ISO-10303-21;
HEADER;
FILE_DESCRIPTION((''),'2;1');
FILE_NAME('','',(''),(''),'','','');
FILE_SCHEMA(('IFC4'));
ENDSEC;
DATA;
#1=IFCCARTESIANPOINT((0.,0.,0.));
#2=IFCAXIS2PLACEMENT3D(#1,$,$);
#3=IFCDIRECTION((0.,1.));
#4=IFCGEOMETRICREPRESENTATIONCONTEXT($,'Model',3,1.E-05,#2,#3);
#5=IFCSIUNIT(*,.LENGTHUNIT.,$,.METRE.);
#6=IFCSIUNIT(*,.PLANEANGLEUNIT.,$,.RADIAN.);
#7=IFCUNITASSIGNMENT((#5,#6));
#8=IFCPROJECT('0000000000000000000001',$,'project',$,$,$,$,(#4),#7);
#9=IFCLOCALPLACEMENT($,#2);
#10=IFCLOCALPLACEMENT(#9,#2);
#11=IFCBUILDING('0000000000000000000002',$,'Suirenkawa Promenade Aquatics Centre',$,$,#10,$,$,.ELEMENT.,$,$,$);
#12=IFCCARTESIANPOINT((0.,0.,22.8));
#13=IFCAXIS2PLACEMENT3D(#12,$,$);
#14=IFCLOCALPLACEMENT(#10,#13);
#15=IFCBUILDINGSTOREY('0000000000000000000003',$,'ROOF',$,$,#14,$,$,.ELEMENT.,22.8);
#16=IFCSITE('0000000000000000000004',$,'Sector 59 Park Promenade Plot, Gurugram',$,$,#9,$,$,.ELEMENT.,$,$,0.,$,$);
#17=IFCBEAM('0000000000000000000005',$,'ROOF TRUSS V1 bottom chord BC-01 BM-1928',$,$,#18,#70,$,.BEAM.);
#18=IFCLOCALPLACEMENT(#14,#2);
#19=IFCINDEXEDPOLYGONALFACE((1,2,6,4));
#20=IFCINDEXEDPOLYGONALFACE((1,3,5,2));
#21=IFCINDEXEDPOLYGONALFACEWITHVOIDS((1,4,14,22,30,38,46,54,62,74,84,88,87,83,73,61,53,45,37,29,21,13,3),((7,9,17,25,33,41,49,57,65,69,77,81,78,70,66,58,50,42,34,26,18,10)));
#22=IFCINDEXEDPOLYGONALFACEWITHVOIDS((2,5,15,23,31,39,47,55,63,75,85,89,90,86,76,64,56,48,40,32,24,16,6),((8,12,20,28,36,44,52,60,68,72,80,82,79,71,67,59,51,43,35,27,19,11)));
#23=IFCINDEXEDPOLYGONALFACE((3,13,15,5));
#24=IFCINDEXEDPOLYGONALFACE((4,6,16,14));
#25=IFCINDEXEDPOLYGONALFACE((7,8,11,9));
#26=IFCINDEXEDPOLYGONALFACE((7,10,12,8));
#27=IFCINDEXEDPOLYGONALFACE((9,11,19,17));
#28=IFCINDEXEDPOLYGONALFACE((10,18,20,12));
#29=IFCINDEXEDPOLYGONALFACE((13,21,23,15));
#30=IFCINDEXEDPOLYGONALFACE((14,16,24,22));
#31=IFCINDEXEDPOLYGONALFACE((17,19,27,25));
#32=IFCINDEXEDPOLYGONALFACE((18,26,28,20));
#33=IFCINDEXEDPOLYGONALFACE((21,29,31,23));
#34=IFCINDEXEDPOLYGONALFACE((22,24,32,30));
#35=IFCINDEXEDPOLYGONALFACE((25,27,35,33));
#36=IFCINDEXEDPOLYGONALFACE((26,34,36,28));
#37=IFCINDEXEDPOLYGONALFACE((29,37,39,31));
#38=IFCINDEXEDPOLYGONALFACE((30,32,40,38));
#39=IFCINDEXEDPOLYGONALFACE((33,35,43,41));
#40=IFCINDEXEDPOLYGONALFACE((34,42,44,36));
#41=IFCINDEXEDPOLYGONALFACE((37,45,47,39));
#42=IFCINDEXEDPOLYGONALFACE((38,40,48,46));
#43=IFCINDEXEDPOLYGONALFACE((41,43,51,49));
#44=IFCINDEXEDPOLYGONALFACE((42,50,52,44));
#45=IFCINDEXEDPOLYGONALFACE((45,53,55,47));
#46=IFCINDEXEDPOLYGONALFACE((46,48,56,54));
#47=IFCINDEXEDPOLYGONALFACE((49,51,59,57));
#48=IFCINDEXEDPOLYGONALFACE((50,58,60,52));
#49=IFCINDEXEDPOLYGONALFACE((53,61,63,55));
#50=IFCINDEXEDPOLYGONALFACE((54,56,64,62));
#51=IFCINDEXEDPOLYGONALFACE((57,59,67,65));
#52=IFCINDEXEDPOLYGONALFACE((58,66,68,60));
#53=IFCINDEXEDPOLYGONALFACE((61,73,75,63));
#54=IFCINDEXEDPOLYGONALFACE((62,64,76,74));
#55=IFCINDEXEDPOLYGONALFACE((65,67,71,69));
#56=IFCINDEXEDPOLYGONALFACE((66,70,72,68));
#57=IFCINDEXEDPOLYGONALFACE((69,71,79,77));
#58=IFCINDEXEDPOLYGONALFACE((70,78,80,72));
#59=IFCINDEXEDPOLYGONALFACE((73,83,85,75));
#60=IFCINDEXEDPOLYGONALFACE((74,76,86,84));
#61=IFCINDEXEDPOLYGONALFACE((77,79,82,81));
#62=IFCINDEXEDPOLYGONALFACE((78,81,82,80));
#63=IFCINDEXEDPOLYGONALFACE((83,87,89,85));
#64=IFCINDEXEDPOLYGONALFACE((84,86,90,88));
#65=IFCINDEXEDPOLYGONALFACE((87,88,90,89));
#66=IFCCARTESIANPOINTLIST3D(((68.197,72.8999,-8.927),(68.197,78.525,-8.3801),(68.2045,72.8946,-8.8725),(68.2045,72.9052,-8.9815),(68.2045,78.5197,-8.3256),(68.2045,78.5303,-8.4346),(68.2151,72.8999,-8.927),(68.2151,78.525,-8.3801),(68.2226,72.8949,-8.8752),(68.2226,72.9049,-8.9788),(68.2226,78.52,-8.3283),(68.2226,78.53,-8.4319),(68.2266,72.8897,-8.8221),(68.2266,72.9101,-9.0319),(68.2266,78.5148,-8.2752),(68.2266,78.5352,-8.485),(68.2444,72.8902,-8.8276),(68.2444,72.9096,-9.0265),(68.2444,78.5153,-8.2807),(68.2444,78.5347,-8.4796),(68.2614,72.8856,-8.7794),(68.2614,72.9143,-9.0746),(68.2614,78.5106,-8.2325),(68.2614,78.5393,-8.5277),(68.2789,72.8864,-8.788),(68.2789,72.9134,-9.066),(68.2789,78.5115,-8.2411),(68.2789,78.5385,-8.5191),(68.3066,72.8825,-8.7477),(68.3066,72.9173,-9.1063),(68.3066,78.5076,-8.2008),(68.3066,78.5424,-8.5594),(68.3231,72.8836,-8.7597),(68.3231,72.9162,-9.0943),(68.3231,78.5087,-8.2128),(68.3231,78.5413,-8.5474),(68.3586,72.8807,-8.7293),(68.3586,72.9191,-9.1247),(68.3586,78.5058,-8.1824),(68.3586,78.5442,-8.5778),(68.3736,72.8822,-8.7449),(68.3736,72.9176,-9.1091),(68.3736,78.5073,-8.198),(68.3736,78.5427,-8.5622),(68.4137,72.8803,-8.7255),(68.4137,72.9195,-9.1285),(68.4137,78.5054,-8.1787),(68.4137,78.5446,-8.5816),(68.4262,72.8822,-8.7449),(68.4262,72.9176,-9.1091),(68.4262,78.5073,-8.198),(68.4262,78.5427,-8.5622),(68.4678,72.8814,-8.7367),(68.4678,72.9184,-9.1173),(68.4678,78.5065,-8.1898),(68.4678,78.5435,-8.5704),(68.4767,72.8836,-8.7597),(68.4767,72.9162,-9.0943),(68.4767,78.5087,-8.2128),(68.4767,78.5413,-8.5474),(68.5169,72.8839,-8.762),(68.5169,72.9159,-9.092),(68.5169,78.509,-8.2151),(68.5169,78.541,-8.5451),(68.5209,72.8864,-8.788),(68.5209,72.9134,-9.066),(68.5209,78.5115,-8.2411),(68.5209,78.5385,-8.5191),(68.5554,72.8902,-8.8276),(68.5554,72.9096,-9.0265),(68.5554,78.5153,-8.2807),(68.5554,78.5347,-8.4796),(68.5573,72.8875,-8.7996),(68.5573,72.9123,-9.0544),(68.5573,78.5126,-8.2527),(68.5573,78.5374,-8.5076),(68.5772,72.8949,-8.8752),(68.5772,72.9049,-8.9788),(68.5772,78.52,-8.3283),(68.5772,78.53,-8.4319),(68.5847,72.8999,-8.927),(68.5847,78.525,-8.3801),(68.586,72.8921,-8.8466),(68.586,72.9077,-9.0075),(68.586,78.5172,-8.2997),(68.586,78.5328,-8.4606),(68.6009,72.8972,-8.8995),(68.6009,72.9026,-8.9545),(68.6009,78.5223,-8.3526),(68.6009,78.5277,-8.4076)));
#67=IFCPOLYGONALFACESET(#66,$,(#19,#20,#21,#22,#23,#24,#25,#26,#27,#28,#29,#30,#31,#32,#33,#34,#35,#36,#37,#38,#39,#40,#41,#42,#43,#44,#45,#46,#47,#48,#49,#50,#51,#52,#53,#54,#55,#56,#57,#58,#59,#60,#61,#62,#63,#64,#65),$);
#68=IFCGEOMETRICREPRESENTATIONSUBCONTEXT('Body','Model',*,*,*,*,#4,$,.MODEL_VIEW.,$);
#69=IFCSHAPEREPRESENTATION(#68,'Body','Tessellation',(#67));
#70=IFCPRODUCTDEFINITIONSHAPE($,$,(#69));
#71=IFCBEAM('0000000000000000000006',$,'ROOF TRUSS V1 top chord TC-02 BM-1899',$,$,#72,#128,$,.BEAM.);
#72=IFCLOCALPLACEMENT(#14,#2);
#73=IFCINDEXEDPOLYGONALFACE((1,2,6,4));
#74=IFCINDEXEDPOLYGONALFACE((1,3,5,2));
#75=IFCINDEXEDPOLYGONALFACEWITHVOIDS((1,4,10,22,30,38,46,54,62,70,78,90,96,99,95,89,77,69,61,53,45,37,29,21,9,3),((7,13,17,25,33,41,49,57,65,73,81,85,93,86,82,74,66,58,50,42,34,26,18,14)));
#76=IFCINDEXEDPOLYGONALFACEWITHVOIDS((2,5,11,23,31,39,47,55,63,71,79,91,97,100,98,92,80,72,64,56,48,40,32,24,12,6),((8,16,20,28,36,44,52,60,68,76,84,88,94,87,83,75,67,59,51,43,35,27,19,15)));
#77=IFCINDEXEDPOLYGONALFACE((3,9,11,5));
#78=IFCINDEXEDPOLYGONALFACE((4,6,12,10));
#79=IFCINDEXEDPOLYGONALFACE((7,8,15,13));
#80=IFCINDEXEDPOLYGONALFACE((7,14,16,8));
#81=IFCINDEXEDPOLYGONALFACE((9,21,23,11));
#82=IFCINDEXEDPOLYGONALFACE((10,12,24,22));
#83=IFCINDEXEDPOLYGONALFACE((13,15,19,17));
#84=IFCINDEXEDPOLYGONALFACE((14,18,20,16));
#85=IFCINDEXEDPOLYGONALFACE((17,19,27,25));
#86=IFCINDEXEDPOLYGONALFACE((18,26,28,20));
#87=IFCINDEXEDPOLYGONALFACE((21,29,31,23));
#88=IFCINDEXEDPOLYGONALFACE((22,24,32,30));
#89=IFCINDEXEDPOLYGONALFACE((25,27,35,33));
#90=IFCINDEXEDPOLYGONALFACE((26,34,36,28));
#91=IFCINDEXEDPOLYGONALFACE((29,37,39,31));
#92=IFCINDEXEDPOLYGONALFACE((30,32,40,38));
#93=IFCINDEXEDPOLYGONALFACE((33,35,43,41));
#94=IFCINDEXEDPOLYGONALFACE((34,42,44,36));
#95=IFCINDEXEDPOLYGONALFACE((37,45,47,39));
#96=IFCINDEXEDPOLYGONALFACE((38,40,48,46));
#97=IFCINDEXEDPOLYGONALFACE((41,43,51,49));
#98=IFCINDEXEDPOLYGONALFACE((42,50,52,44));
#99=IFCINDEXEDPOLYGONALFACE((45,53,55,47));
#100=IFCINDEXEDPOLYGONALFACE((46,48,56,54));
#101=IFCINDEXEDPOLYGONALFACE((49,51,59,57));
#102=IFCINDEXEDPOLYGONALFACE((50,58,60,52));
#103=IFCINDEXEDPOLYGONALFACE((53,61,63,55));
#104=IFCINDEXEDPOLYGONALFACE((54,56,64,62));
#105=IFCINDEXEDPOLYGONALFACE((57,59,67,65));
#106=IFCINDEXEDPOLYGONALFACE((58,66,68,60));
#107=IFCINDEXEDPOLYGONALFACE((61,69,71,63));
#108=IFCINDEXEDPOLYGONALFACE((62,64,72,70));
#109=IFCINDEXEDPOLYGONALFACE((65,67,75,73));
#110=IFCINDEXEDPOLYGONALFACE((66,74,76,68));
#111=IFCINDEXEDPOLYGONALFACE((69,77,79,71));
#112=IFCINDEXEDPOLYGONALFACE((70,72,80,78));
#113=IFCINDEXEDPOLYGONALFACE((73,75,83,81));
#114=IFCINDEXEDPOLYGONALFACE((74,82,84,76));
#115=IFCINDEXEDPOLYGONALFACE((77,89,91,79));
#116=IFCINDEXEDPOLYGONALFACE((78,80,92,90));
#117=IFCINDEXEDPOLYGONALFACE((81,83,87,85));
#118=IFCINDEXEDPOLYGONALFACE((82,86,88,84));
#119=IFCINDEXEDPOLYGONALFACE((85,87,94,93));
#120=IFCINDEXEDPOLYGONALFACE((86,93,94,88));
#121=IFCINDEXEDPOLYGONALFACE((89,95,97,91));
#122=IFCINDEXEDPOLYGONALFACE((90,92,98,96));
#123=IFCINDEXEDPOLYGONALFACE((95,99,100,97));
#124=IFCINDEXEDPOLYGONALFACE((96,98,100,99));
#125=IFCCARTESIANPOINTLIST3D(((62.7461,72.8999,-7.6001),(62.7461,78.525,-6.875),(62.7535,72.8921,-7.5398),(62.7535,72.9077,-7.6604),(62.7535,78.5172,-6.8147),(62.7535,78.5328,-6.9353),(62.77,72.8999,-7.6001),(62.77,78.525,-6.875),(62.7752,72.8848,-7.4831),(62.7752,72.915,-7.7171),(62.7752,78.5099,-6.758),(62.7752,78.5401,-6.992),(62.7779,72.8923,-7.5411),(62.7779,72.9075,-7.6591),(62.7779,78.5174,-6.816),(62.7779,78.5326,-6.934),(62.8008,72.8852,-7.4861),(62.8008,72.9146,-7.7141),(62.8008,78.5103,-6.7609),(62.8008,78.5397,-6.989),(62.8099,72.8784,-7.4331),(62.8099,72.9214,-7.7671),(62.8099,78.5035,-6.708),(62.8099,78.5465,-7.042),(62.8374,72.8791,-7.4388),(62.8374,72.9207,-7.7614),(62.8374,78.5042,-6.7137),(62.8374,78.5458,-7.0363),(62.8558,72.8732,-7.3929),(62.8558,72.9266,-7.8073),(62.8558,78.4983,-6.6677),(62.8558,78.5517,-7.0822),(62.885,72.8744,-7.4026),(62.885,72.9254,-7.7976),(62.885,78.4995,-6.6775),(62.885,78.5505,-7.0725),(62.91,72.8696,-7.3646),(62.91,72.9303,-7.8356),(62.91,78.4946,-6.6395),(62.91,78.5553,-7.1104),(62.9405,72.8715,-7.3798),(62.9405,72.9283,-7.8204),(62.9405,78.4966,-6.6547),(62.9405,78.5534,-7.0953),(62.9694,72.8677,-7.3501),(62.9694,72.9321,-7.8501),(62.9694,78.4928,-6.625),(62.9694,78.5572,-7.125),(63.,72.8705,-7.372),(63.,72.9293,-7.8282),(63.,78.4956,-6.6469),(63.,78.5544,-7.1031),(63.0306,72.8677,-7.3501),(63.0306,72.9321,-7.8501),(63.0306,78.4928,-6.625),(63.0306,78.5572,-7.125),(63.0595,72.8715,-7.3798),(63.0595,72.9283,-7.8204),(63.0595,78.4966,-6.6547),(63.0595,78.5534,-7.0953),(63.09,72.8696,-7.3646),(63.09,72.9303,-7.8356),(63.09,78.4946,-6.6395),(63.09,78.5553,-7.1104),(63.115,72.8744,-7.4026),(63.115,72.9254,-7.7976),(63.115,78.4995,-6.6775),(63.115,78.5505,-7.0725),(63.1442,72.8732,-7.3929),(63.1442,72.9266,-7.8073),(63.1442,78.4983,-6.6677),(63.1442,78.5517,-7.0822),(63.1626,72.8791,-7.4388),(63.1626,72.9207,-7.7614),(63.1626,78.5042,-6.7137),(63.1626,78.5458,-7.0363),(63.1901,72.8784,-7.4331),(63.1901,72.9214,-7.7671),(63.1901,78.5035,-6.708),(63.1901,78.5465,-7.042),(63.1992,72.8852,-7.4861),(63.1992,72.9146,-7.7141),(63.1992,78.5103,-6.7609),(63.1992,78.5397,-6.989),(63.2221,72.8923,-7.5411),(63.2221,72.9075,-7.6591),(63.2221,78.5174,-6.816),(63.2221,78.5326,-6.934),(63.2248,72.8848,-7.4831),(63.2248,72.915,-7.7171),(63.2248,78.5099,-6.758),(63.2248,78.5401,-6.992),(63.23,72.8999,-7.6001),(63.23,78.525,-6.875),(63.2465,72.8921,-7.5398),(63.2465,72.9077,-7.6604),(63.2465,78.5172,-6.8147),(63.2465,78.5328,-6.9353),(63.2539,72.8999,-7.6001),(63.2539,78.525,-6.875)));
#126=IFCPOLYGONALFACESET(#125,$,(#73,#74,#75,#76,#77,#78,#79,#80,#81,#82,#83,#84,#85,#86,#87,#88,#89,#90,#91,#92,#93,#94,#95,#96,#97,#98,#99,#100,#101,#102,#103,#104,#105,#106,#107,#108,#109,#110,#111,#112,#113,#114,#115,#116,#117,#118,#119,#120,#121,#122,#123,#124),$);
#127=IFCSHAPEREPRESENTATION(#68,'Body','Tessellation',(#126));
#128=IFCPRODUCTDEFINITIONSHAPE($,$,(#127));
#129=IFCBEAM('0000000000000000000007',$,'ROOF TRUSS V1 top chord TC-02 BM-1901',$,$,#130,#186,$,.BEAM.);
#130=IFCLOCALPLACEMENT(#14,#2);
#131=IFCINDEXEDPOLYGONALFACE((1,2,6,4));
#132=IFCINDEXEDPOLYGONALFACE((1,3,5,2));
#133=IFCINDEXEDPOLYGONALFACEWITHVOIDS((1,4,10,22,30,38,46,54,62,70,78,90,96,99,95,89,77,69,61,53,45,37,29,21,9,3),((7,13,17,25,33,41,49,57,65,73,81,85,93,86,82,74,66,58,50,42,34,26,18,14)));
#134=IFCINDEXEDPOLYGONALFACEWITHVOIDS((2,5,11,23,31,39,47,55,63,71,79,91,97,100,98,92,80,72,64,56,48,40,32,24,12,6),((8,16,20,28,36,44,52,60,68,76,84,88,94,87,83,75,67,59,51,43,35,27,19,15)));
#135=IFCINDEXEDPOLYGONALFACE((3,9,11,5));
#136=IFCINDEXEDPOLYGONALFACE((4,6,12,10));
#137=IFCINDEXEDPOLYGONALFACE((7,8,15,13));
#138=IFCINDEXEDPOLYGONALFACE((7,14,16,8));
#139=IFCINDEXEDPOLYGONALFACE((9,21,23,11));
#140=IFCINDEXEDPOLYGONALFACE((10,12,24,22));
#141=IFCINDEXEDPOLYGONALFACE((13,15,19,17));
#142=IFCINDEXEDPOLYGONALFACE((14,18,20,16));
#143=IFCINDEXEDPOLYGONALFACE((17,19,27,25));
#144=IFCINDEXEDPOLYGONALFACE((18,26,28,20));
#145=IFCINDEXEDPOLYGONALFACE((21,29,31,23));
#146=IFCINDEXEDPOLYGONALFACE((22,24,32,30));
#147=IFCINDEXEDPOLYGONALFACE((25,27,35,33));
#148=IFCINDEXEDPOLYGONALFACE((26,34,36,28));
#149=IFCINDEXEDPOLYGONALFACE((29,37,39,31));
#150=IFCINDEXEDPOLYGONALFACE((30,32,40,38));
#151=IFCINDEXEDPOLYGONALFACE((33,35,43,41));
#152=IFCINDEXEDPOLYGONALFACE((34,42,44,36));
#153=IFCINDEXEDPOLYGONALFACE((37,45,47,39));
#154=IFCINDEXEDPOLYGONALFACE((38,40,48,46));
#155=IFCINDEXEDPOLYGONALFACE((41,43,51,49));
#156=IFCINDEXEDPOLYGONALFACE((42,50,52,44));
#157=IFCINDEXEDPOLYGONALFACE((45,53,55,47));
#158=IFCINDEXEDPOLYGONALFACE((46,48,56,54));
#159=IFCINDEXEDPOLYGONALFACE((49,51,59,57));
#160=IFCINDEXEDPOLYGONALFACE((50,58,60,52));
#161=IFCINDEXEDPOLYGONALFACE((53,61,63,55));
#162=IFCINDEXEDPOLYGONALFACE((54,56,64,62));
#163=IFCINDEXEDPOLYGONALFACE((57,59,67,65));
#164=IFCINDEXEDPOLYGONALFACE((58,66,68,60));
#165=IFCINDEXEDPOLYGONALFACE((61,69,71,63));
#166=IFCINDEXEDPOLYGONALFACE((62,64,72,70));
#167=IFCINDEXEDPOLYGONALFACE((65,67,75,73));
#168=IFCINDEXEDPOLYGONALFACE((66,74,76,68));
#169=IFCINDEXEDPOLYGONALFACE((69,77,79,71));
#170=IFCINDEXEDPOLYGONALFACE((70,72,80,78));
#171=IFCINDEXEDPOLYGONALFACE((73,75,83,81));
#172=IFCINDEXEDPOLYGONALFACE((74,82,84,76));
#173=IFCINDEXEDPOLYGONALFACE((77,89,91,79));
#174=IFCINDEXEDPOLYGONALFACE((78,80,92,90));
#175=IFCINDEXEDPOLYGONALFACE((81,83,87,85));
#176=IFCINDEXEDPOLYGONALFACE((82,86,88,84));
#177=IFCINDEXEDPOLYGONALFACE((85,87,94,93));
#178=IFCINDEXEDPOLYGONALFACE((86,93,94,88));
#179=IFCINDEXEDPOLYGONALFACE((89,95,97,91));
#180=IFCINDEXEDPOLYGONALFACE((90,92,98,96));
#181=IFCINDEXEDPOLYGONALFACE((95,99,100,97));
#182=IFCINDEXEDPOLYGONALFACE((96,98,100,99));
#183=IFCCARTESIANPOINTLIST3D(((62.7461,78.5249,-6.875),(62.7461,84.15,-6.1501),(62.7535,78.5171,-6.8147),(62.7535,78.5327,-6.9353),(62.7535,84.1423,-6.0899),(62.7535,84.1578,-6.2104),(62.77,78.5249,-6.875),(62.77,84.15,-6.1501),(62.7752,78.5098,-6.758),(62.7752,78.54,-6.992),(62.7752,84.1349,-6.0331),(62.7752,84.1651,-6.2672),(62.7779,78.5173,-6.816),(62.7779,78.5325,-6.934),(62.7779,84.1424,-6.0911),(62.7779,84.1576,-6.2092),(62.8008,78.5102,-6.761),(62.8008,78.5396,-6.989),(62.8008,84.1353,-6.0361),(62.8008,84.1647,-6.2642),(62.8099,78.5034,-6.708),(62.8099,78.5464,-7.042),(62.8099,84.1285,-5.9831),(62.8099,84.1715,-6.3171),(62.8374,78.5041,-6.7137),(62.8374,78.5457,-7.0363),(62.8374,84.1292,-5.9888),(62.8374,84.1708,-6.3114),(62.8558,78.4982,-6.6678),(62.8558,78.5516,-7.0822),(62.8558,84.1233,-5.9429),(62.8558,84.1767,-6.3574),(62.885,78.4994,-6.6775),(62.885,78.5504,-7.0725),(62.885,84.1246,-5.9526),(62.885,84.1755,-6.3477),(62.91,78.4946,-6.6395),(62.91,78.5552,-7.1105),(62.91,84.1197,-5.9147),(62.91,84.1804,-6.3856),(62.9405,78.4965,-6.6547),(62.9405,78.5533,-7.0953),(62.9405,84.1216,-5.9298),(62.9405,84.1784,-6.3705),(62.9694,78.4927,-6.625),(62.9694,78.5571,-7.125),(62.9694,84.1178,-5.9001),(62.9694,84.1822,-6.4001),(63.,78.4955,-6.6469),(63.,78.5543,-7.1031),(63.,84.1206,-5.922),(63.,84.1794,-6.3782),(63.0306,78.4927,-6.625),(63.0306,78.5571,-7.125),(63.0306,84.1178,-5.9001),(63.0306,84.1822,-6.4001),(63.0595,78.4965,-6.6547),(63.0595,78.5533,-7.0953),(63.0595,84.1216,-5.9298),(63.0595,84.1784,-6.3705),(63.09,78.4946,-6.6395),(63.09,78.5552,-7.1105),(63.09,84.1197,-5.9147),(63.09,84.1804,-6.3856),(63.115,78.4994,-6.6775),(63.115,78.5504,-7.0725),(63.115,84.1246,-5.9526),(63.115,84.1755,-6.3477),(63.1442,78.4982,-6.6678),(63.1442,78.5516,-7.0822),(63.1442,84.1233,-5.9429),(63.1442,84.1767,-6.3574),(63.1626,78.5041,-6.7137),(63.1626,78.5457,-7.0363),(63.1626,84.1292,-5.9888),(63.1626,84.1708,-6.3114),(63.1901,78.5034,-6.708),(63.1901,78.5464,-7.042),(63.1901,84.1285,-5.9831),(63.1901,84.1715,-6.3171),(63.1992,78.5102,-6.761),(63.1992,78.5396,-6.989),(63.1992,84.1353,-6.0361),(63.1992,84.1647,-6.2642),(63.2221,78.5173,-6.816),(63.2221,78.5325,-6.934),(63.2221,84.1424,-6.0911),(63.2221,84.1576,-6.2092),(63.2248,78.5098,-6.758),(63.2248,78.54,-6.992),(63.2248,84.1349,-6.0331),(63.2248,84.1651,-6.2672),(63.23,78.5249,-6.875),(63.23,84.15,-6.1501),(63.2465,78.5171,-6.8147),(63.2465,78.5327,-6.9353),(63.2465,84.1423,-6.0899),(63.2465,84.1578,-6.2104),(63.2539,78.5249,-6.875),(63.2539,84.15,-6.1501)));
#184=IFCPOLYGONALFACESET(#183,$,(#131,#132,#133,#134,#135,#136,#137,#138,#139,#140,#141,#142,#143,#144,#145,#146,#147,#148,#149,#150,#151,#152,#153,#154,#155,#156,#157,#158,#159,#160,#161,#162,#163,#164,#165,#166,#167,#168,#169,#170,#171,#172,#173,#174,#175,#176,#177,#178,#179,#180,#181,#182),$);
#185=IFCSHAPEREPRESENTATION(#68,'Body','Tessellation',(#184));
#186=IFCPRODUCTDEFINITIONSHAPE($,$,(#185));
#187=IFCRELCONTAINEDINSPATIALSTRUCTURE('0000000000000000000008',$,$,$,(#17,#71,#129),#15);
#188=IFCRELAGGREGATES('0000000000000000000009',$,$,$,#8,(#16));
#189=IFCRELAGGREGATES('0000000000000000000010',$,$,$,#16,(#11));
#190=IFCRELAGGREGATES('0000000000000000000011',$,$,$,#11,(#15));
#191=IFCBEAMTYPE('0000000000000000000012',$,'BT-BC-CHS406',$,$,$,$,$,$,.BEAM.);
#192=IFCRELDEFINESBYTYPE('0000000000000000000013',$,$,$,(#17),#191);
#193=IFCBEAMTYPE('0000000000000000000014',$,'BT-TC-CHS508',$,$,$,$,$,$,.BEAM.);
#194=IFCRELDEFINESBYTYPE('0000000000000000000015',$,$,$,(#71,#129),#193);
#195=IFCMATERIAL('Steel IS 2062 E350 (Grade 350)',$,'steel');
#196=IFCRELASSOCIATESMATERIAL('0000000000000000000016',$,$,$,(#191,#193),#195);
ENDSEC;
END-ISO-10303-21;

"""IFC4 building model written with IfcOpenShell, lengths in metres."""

from ifc_helpers import new_model, si_unit, direction, frame, origin, origin_2d, place, context, subcontext, project, spatial, hollow_circle, extrude, material, material_profile, profile_set, type_object, element, save


model = new_model("IFC4")

# Units and contexts
model_context = context("Model", 3, precision=1e-05, world=origin(), true_north=direction((0.0, 1.0)))
body_context = subcontext(model_context, "Body", "Model", "MODEL_VIEW")
ifc_project = project(units=[si_unit("LENGTHUNIT", "METRE"), si_unit("PLANEANGLEUNIT", "RADIAN")], contexts=[model_context])

# Site, building, storey
site_placement = place(None, origin())
site = spatial("IfcSite", under=ifc_project, at=site_placement, Name="Sector 59 Park Promenade Plot, Gurugram", CompositionType="ELEMENT", RefElevation=0.0)
building_placement = place(site_placement, origin())
building = spatial("IfcBuilding", under=site, at=building_placement, Name="Suirenkawa Promenade Aquatics Centre", CompositionType="ELEMENT")
storey_placement = place(building_placement, frame((0.0, 0.0, 22.8)))
storey = spatial("IfcBuildingStorey", under=building, at=storey_placement, Name="ROOF", CompositionType="ELEMENT", Elevation=22.8)

# Beams
ifc_material = material(Name="Steel IS 2062 E350 (Grade 350)", Category="steel")
ifc_material_profile_1 = material_profile(ifc_material, hollow_circle(Radius=0.2029, WallThickness=0.0181, at=origin_2d()), Name="CHS 406x18", Category="steel")
ifc_profile_set_1 = profile_set([ifc_material_profile_1], Name="Steel IS 2062 E350 (Grade 350)")
beam_type_1 = type_object("IfcBeamType", Name="BT-BC-CHS406", PredefinedType="BEAM", material=ifc_profile_set_1)
beam_1_placement = place(storey_placement, frame((68.3999, 72.8999, -8.927), z_axis=(0.0, 0.995307, 0.096766), x_axis=(-1.0, 0.0, 0.0)))
element("IfcBeam", 1, at=beam_1_placement, inside=storey, type_object=beam_type_1, Name="ROOF TRUSS V1 bottom chord BC-01 BM-1928", PredefinedType="BEAM", context=body_context, shape_type="SweptSolid", body=[
    extrude(hollow_circle(Radius=0.2029, WallThickness=0.0181, at=origin_2d()), origin(), (0.0, 0.0, 1.0), 5.6516),
])
ifc_material_profile_2 = material_profile(ifc_material, hollow_circle(Radius=0.2539, WallThickness=0.0239, at=origin_2d()), Name="CHS 508x24", Category="steel")
ifc_profile_set_2 = profile_set([ifc_material_profile_2], Name="Steel IS 2062 E350 (Grade 350)")
beam_type_2 = type_object("IfcBeamType", Name="BT-TC-CHS508", PredefinedType="BEAM", material=ifc_profile_set_2)
for number, where, z_axis, x_axis, name in (
    (2, (63.0, 72.8999, -7.6001), (0.0, 0.991794, 0.127848), (-1.0, 0.0, 0.0), "ROOF TRUSS V1 top chord TC-02 BM-1899"),
    (3, (63.0, 78.5249, -6.875), (0.0, 0.991799, 0.127806), (-1.0, 0.0, 0.0), "ROOF TRUSS V1 top chord TC-02 BM-1901"),
):
    element("IfcBeam", number, at=place(storey_placement, frame(where, z_axis=z_axis, x_axis=x_axis)), inside=storey, type_object=beam_type_2, Name=name, PredefinedType="BEAM", context=body_context, shape_type="SweptSolid", body=[
        extrude(hollow_circle(Radius=0.2539, WallThickness=0.0239, at=origin_2d()), origin(), (0.0, 0.0, 1.0), 5.6716),
    ])

save(model, "model.ifc")
